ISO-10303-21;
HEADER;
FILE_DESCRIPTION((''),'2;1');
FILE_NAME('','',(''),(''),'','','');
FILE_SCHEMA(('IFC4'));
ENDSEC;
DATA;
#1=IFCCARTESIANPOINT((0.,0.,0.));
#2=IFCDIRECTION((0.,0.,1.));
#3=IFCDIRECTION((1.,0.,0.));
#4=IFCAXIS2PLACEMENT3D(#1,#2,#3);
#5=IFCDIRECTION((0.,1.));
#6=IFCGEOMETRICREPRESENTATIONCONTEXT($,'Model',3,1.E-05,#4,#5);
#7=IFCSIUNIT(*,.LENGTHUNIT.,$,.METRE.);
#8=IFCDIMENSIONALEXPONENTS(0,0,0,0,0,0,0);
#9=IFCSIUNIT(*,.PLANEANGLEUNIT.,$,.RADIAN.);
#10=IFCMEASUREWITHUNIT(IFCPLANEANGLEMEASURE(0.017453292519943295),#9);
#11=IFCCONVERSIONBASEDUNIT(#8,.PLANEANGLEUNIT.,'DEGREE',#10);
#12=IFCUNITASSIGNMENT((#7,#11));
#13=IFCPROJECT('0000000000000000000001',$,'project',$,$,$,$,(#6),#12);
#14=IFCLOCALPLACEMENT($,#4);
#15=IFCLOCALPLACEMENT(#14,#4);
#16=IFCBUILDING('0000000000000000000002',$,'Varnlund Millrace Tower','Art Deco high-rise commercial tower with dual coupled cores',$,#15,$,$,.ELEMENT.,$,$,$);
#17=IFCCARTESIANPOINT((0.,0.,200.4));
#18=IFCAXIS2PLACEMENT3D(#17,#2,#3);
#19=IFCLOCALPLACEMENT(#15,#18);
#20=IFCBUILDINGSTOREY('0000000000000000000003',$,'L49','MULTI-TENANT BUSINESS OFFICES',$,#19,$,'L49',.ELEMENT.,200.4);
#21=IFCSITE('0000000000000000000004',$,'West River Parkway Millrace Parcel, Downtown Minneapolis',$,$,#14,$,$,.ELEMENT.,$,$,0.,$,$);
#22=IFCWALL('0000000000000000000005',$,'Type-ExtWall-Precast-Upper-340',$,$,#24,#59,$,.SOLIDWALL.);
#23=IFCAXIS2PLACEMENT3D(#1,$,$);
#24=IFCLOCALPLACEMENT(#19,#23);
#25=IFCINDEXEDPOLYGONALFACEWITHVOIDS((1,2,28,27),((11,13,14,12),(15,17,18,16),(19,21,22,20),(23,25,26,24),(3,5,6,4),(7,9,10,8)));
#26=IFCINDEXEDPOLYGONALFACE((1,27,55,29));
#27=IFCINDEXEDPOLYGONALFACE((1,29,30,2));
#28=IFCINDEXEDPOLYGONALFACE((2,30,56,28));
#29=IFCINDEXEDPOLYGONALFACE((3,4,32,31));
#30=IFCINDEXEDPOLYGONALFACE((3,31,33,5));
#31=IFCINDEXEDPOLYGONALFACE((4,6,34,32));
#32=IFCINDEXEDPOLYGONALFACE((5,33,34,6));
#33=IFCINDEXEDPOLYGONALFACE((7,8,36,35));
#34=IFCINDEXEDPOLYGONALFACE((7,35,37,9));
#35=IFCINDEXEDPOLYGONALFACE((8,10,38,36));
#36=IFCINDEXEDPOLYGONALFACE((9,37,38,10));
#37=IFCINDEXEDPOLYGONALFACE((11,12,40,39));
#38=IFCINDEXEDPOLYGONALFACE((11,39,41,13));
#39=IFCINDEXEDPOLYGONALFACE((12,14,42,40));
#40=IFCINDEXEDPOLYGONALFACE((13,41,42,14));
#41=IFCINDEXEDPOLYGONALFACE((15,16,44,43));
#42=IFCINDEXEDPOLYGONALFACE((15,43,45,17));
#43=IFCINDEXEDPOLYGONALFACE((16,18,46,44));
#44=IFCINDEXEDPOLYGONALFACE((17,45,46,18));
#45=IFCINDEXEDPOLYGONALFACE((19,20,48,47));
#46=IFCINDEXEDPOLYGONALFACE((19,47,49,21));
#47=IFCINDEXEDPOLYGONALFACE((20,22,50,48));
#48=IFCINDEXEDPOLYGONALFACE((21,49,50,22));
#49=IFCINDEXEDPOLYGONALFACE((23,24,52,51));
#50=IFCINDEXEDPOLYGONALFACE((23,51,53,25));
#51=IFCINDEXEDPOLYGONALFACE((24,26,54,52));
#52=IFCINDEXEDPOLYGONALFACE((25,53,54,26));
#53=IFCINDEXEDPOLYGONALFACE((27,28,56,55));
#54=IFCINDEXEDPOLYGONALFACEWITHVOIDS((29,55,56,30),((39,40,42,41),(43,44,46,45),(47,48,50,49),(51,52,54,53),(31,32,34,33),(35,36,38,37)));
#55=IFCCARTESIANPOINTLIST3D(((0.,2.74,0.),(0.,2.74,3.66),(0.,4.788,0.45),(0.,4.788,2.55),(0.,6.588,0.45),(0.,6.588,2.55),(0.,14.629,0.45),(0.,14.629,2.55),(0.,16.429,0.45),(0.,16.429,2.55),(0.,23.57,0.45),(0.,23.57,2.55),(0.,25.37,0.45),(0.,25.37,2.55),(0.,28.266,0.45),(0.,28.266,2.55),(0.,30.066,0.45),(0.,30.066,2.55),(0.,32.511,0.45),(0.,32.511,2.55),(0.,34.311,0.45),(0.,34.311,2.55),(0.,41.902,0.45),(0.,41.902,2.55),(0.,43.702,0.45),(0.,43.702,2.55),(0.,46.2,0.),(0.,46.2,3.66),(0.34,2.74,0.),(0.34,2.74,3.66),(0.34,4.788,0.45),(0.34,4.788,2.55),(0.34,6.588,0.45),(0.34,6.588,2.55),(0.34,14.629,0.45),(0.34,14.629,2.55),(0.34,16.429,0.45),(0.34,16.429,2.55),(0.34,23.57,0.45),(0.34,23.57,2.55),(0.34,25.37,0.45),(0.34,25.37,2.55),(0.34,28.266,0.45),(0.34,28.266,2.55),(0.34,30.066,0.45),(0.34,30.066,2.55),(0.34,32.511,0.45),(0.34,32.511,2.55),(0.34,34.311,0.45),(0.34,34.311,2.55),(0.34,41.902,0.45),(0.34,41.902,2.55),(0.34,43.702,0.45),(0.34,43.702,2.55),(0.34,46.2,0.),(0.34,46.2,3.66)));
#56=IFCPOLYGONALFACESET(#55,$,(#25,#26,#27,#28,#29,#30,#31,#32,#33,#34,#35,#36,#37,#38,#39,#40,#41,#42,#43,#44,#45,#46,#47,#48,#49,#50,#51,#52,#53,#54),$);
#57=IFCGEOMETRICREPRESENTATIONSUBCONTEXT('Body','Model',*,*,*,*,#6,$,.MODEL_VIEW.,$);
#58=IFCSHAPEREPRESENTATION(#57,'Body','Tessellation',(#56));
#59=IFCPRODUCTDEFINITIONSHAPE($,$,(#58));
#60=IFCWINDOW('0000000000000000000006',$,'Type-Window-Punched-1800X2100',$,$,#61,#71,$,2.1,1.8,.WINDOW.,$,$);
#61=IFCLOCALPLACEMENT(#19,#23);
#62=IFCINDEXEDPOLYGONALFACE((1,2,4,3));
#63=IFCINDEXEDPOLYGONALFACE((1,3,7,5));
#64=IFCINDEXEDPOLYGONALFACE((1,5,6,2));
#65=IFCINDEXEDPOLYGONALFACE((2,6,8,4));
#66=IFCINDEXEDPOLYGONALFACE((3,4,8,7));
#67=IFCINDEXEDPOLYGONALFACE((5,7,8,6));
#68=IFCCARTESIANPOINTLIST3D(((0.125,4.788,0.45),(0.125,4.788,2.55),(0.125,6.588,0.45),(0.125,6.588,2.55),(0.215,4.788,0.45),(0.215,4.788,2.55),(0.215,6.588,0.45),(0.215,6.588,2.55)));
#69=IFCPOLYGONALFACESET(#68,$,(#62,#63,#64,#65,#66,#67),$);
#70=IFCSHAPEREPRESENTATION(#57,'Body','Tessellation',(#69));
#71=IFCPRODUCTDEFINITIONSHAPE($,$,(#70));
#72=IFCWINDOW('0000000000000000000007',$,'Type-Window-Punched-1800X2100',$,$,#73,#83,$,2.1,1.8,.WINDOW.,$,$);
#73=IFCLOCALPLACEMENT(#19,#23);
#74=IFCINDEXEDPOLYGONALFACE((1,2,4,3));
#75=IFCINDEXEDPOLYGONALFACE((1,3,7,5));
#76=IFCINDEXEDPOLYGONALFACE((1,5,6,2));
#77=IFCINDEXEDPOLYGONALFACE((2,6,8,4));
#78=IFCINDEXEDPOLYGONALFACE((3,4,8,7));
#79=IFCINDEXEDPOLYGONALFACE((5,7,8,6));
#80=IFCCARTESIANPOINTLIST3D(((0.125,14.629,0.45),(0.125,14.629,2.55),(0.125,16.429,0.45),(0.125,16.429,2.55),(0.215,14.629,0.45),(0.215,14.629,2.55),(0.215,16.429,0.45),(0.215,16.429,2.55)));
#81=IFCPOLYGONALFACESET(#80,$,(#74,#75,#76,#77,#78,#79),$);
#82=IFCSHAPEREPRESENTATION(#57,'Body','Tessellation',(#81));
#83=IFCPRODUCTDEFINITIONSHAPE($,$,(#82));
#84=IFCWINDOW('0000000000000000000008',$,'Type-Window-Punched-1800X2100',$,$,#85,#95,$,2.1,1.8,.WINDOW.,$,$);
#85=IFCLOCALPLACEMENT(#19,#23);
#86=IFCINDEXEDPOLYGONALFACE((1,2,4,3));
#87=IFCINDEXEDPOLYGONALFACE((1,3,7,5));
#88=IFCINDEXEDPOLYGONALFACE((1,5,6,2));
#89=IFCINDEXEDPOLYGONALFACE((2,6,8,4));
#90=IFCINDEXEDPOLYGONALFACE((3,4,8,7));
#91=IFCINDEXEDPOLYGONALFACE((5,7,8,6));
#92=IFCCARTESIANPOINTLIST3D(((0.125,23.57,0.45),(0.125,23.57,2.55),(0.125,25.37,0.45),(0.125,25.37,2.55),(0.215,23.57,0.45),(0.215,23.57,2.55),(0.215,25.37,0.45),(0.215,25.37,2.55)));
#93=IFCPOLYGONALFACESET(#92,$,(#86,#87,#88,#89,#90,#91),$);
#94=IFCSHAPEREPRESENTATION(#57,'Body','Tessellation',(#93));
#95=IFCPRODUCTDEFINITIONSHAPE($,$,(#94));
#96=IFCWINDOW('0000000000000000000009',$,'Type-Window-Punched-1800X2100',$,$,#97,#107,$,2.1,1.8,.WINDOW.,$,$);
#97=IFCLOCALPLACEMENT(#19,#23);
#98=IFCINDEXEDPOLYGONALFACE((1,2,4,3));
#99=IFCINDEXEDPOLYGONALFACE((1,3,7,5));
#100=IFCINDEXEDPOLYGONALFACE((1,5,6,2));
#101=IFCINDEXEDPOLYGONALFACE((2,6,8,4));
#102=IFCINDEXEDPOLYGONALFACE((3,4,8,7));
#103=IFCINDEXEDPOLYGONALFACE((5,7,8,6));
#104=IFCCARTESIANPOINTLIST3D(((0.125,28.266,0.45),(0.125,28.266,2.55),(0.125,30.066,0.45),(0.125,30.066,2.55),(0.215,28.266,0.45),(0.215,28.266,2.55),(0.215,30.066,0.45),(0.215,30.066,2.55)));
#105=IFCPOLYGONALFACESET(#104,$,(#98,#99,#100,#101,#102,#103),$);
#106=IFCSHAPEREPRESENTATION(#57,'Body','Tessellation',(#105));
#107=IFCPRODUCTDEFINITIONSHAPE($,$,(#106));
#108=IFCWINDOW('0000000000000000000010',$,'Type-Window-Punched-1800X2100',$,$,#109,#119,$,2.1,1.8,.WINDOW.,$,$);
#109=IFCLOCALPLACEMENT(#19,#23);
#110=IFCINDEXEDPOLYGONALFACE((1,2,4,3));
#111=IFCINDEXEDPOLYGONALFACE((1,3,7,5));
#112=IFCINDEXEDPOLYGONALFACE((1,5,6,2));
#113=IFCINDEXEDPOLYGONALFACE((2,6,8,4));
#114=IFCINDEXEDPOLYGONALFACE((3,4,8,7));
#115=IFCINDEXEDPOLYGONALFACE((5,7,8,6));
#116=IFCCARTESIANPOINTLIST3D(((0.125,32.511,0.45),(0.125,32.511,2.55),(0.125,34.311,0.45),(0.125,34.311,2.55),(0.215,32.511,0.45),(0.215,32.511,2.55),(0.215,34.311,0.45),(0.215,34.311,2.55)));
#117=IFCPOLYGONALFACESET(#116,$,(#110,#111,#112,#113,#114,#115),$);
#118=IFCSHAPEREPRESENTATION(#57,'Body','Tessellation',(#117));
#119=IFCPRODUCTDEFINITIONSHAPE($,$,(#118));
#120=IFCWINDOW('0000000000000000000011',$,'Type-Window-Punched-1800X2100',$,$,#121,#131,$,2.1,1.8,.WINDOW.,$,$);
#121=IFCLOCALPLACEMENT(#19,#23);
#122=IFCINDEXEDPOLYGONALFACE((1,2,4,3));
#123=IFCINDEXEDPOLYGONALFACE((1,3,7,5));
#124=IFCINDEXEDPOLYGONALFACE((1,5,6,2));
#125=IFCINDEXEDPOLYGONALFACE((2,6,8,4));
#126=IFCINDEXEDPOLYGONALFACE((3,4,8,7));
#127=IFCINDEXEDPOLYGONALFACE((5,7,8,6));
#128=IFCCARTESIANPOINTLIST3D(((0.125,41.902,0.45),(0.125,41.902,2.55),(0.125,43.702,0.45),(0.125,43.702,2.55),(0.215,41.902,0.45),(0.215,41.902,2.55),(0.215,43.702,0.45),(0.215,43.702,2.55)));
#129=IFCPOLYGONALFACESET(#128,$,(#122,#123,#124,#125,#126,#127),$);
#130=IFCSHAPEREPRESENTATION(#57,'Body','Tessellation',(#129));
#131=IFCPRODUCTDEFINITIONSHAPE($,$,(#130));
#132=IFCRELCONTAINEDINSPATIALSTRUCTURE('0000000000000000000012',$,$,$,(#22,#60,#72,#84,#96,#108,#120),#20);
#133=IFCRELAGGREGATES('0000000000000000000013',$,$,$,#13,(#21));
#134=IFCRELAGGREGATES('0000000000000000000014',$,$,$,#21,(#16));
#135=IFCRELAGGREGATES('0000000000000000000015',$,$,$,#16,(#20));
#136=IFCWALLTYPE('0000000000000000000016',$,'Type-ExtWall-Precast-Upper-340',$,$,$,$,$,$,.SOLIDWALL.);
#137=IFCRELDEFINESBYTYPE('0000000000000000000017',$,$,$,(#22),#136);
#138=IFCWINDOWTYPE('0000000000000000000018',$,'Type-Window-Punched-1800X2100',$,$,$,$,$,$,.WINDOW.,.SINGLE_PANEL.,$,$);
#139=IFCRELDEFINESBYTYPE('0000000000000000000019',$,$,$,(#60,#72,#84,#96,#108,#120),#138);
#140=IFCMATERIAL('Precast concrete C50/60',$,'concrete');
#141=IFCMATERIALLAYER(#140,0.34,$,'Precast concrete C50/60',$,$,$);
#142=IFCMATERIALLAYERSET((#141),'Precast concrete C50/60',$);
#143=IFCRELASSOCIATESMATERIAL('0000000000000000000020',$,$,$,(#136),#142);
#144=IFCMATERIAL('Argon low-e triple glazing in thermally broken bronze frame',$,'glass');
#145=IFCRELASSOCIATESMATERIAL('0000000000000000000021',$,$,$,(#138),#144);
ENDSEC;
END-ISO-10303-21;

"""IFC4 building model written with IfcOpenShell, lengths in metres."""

from ifc_helpers import new_model, entity, si_unit, converted_unit, direction, frame, origin_with_axes, origin_2d_with_axis, place, context, subcontext, project, spatial, polyline, rectangle, outline, extrude, material, layer, layer_set, type_object, element, fill, save


model = new_model("IFC4")

# Units and contexts
model_context = context("Model", 3, precision=1e-05, world=origin_with_axes(), true_north=direction((0.0, 1.0)))
body_context = subcontext(model_context, "Body", "Model", "MODEL_VIEW")
ifc_project = project(units=[si_unit("LENGTHUNIT", "METRE"), converted_unit("PLANEANGLEUNIT", "DEGREE", entity("IfcPlaneAngleMeasure", 0.017453292519943295), si_unit("PLANEANGLEUNIT", "RADIAN"), dimensions=[0, 0, 0, 0, 0, 0, 0])], contexts=[model_context])

# Site, building, storey
site_placement = place(None, origin_with_axes())
site = spatial("IfcSite", under=ifc_project, at=site_placement, Name="West River Parkway Millrace Parcel, Downtown Minneapolis", CompositionType="ELEMENT", RefElevation=0.0)
building_placement = place(site_placement, origin_with_axes())
building = spatial("IfcBuilding", under=site, at=building_placement, Name="Varnlund Millrace Tower", Description="Art Deco high-rise commercial tower with dual coupled cores", CompositionType="ELEMENT")
storey_placement = place(building_placement, frame((0.0, 0.0, 200.4), z_axis=(0.0, 0.0, 1.0), x_axis=(1.0, 0.0, 0.0)))
storey = spatial("IfcBuildingStorey", under=building, at=storey_placement, Name="L49", Description="MULTI-TENANT BUSINESS OFFICES", LongName="L49", CompositionType="ELEMENT", Elevation=200.4)

# Shared definitions
ifc_material_1 = material(Name="Precast concrete C50/60", Category="concrete")
ifc_layer_1 = layer(ifc_material_1, 0.34, Name="Precast concrete C50/60")
ifc_layer_set_1 = layer_set([ifc_layer_1], Name="Precast concrete C50/60")
wall_type = type_object("IfcWallType", Name="Type-ExtWall-Precast-Upper-340", PredefinedType="SOLIDWALL", material=ifc_layer_set_1)

# Wall, openings, windows
wall_1_placement = place(storey_placement, frame((0.17, 2.74, 0.0), z_axis=(0.0, 0.0, 1.0), x_axis=(0.0, 1.0, 0.0)))
wall_1 = element("IfcWall", 1, at=wall_1_placement, inside=storey, type_object=wall_type, Name="Type-ExtWall-Precast-Upper-340", PredefinedType="SOLIDWALL", context=body_context, shape_type="SweptSolid", body=[
    extrude(outline(polyline([(0.0, -0.17), (43.46, -0.17), (43.46, 0.17), (0.0, 0.17), (0.0, -0.17)])), origin_with_axes(), (0.0, 0.0, 1.0), 3.66),
])
opening_1_placement = place(wall_1_placement, frame((2.948, 0.0, 0.45), z_axis=(0.0, 0.0, 1.0), x_axis=(1.0, 0.0, 0.0)))
opening_1 = element("IfcOpeningElement", 2, at=opening_1_placement, cuts=wall_1, PredefinedType="OPENING", context=body_context, shape_type="SweptSolid", body=[
    extrude(rectangle(XDim=1.8, YDim=0.36, at=origin_2d_with_axis()), origin_with_axes(), (0.0, 0.0, 1.0), 2.1),
])
opening_2_placement = place(wall_1_placement, frame((12.789, 0.0, 0.45), z_axis=(0.0, 0.0, 1.0), x_axis=(1.0, 0.0, 0.0)))
opening_2 = element("IfcOpeningElement", 3, at=opening_2_placement, cuts=wall_1, PredefinedType="OPENING", context=body_context, shape_type="SweptSolid", body=[
    extrude(rectangle(XDim=1.8, YDim=0.36, at=origin_2d_with_axis()), origin_with_axes(), (0.0, 0.0, 1.0), 2.1),
])
opening_3_placement = place(wall_1_placement, frame((21.73, 0.0, 0.45), z_axis=(0.0, 0.0, 1.0), x_axis=(1.0, 0.0, 0.0)))
opening_3 = element("IfcOpeningElement", 4, at=opening_3_placement, cuts=wall_1, PredefinedType="OPENING", context=body_context, shape_type="SweptSolid", body=[
    extrude(rectangle(XDim=1.8, YDim=0.36, at=origin_2d_with_axis()), origin_with_axes(), (0.0, 0.0, 1.0), 2.1),
])
opening_4_placement = place(wall_1_placement, frame((26.426, 0.0, 0.45), z_axis=(0.0, 0.0, 1.0), x_axis=(1.0, 0.0, 0.0)))
opening_4 = element("IfcOpeningElement", 5, at=opening_4_placement, cuts=wall_1, PredefinedType="OPENING", context=body_context, shape_type="SweptSolid", body=[
    extrude(rectangle(XDim=1.8, YDim=0.36, at=origin_2d_with_axis()), origin_with_axes(), (0.0, 0.0, 1.0), 2.1),
])
opening_5_placement = place(wall_1_placement, frame((30.671, 0.0, 0.45), z_axis=(0.0, 0.0, 1.0), x_axis=(1.0, 0.0, 0.0)))
opening_5 = element("IfcOpeningElement", 6, at=opening_5_placement, cuts=wall_1, PredefinedType="OPENING", context=body_context, shape_type="SweptSolid", body=[
    extrude(rectangle(XDim=1.8, YDim=0.36, at=origin_2d_with_axis()), origin_with_axes(), (0.0, 0.0, 1.0), 2.1),
])
opening_6_placement = place(wall_1_placement, frame((40.062, 0.0, 0.45), z_axis=(0.0, 0.0, 1.0), x_axis=(1.0, 0.0, 0.0)))
opening_6 = element("IfcOpeningElement", 7, at=opening_6_placement, cuts=wall_1, PredefinedType="OPENING", context=body_context, shape_type="SweptSolid", body=[
    extrude(rectangle(XDim=1.8, YDim=0.36, at=origin_2d_with_axis()), origin_with_axes(), (0.0, 0.0, 1.0), 2.1),
])
ifc_material_2 = material(Name="Argon low-e triple glazing in thermally broken bronze frame", Category="glass")
window_type = type_object("IfcWindowType", Name="Type-Window-Punched-1800X2100", PartitioningType="SINGLE_PANEL", PredefinedType="WINDOW", material=ifc_material_2)
window_1_placement = place(wall_1_placement, frame((2.948, 0.0, 0.45), z_axis=(0.0, 0.0, 1.0), x_axis=(1.0, 0.0, 0.0)))
window_1 = element("IfcWindow", 8, at=window_1_placement, inside=storey, type_object=window_type, Name="Type-Window-Punched-1800X2100", OverallHeight=2.1, OverallWidth=1.8, PredefinedType="WINDOW", context=body_context, shape_type="SweptSolid", body=[
    extrude(rectangle(XDim=1.8, YDim=0.09, at=origin_2d_with_axis()), origin_with_axes(), (0.0, 0.0, 1.0), 2.1),
])
fill(opening_1, window_1)
window_2_placement = place(wall_1_placement, frame((12.789, 0.0, 0.45), z_axis=(0.0, 0.0, 1.0), x_axis=(1.0, 0.0, 0.0)))
window_2 = element("IfcWindow", 9, at=window_2_placement, inside=storey, type_object=window_type, Name="Type-Window-Punched-1800X2100", OverallHeight=2.1, OverallWidth=1.8, PredefinedType="WINDOW", context=body_context, shape_type="SweptSolid", body=[
    extrude(rectangle(XDim=1.8, YDim=0.09, at=origin_2d_with_axis()), origin_with_axes(), (0.0, 0.0, 1.0), 2.1),
])
fill(opening_2, window_2)
window_3_placement = place(wall_1_placement, frame((21.73, 0.0, 0.45), z_axis=(0.0, 0.0, 1.0), x_axis=(1.0, 0.0, 0.0)))
window_3 = element("IfcWindow", 10, at=window_3_placement, inside=storey, type_object=window_type, Name="Type-Window-Punched-1800X2100", OverallHeight=2.1, OverallWidth=1.8, PredefinedType="WINDOW", context=body_context, shape_type="SweptSolid", body=[
    extrude(rectangle(XDim=1.8, YDim=0.09, at=origin_2d_with_axis()), origin_with_axes(), (0.0, 0.0, 1.0), 2.1),
])
fill(opening_3, window_3)
window_4_placement = place(wall_1_placement, frame((26.426, 0.0, 0.45), z_axis=(0.0, 0.0, 1.0), x_axis=(1.0, 0.0, 0.0)))
window_4 = element("IfcWindow", 11, at=window_4_placement, inside=storey, type_object=window_type, Name="Type-Window-Punched-1800X2100", OverallHeight=2.1, OverallWidth=1.8, PredefinedType="WINDOW", context=body_context, shape_type="SweptSolid", body=[
    extrude(rectangle(XDim=1.8, YDim=0.09, at=origin_2d_with_axis()), origin_with_axes(), (0.0, 0.0, 1.0), 2.1),
])
fill(opening_4, window_4)
window_5_placement = place(wall_1_placement, frame((30.671, 0.0, 0.45), z_axis=(0.0, 0.0, 1.0), x_axis=(1.0, 0.0, 0.0)))
window_5 = element("IfcWindow", 12, at=window_5_placement, inside=storey, type_object=window_type, Name="Type-Window-Punched-1800X2100", OverallHeight=2.1, OverallWidth=1.8, PredefinedType="WINDOW", context=body_context, shape_type="SweptSolid", body=[
    extrude(rectangle(XDim=1.8, YDim=0.09, at=origin_2d_with_axis()), origin_with_axes(), (0.0, 0.0, 1.0), 2.1),
])
fill(opening_5, window_5)
window_6_placement = place(wall_1_placement, frame((40.062, 0.0, 0.45), z_axis=(0.0, 0.0, 1.0), x_axis=(1.0, 0.0, 0.0)))
window_6 = element("IfcWindow", 13, at=window_6_placement, inside=storey, type_object=window_type, Name="Type-Window-Punched-1800X2100", OverallHeight=2.1, OverallWidth=1.8, PredefinedType="WINDOW", context=body_context, shape_type="SweptSolid", body=[
    extrude(rectangle(XDim=1.8, YDim=0.09, at=origin_2d_with_axis()), origin_with_axes(), (0.0, 0.0, 1.0), 2.1),
])
fill(opening_6, window_6)

save(model, "model.ifc")
